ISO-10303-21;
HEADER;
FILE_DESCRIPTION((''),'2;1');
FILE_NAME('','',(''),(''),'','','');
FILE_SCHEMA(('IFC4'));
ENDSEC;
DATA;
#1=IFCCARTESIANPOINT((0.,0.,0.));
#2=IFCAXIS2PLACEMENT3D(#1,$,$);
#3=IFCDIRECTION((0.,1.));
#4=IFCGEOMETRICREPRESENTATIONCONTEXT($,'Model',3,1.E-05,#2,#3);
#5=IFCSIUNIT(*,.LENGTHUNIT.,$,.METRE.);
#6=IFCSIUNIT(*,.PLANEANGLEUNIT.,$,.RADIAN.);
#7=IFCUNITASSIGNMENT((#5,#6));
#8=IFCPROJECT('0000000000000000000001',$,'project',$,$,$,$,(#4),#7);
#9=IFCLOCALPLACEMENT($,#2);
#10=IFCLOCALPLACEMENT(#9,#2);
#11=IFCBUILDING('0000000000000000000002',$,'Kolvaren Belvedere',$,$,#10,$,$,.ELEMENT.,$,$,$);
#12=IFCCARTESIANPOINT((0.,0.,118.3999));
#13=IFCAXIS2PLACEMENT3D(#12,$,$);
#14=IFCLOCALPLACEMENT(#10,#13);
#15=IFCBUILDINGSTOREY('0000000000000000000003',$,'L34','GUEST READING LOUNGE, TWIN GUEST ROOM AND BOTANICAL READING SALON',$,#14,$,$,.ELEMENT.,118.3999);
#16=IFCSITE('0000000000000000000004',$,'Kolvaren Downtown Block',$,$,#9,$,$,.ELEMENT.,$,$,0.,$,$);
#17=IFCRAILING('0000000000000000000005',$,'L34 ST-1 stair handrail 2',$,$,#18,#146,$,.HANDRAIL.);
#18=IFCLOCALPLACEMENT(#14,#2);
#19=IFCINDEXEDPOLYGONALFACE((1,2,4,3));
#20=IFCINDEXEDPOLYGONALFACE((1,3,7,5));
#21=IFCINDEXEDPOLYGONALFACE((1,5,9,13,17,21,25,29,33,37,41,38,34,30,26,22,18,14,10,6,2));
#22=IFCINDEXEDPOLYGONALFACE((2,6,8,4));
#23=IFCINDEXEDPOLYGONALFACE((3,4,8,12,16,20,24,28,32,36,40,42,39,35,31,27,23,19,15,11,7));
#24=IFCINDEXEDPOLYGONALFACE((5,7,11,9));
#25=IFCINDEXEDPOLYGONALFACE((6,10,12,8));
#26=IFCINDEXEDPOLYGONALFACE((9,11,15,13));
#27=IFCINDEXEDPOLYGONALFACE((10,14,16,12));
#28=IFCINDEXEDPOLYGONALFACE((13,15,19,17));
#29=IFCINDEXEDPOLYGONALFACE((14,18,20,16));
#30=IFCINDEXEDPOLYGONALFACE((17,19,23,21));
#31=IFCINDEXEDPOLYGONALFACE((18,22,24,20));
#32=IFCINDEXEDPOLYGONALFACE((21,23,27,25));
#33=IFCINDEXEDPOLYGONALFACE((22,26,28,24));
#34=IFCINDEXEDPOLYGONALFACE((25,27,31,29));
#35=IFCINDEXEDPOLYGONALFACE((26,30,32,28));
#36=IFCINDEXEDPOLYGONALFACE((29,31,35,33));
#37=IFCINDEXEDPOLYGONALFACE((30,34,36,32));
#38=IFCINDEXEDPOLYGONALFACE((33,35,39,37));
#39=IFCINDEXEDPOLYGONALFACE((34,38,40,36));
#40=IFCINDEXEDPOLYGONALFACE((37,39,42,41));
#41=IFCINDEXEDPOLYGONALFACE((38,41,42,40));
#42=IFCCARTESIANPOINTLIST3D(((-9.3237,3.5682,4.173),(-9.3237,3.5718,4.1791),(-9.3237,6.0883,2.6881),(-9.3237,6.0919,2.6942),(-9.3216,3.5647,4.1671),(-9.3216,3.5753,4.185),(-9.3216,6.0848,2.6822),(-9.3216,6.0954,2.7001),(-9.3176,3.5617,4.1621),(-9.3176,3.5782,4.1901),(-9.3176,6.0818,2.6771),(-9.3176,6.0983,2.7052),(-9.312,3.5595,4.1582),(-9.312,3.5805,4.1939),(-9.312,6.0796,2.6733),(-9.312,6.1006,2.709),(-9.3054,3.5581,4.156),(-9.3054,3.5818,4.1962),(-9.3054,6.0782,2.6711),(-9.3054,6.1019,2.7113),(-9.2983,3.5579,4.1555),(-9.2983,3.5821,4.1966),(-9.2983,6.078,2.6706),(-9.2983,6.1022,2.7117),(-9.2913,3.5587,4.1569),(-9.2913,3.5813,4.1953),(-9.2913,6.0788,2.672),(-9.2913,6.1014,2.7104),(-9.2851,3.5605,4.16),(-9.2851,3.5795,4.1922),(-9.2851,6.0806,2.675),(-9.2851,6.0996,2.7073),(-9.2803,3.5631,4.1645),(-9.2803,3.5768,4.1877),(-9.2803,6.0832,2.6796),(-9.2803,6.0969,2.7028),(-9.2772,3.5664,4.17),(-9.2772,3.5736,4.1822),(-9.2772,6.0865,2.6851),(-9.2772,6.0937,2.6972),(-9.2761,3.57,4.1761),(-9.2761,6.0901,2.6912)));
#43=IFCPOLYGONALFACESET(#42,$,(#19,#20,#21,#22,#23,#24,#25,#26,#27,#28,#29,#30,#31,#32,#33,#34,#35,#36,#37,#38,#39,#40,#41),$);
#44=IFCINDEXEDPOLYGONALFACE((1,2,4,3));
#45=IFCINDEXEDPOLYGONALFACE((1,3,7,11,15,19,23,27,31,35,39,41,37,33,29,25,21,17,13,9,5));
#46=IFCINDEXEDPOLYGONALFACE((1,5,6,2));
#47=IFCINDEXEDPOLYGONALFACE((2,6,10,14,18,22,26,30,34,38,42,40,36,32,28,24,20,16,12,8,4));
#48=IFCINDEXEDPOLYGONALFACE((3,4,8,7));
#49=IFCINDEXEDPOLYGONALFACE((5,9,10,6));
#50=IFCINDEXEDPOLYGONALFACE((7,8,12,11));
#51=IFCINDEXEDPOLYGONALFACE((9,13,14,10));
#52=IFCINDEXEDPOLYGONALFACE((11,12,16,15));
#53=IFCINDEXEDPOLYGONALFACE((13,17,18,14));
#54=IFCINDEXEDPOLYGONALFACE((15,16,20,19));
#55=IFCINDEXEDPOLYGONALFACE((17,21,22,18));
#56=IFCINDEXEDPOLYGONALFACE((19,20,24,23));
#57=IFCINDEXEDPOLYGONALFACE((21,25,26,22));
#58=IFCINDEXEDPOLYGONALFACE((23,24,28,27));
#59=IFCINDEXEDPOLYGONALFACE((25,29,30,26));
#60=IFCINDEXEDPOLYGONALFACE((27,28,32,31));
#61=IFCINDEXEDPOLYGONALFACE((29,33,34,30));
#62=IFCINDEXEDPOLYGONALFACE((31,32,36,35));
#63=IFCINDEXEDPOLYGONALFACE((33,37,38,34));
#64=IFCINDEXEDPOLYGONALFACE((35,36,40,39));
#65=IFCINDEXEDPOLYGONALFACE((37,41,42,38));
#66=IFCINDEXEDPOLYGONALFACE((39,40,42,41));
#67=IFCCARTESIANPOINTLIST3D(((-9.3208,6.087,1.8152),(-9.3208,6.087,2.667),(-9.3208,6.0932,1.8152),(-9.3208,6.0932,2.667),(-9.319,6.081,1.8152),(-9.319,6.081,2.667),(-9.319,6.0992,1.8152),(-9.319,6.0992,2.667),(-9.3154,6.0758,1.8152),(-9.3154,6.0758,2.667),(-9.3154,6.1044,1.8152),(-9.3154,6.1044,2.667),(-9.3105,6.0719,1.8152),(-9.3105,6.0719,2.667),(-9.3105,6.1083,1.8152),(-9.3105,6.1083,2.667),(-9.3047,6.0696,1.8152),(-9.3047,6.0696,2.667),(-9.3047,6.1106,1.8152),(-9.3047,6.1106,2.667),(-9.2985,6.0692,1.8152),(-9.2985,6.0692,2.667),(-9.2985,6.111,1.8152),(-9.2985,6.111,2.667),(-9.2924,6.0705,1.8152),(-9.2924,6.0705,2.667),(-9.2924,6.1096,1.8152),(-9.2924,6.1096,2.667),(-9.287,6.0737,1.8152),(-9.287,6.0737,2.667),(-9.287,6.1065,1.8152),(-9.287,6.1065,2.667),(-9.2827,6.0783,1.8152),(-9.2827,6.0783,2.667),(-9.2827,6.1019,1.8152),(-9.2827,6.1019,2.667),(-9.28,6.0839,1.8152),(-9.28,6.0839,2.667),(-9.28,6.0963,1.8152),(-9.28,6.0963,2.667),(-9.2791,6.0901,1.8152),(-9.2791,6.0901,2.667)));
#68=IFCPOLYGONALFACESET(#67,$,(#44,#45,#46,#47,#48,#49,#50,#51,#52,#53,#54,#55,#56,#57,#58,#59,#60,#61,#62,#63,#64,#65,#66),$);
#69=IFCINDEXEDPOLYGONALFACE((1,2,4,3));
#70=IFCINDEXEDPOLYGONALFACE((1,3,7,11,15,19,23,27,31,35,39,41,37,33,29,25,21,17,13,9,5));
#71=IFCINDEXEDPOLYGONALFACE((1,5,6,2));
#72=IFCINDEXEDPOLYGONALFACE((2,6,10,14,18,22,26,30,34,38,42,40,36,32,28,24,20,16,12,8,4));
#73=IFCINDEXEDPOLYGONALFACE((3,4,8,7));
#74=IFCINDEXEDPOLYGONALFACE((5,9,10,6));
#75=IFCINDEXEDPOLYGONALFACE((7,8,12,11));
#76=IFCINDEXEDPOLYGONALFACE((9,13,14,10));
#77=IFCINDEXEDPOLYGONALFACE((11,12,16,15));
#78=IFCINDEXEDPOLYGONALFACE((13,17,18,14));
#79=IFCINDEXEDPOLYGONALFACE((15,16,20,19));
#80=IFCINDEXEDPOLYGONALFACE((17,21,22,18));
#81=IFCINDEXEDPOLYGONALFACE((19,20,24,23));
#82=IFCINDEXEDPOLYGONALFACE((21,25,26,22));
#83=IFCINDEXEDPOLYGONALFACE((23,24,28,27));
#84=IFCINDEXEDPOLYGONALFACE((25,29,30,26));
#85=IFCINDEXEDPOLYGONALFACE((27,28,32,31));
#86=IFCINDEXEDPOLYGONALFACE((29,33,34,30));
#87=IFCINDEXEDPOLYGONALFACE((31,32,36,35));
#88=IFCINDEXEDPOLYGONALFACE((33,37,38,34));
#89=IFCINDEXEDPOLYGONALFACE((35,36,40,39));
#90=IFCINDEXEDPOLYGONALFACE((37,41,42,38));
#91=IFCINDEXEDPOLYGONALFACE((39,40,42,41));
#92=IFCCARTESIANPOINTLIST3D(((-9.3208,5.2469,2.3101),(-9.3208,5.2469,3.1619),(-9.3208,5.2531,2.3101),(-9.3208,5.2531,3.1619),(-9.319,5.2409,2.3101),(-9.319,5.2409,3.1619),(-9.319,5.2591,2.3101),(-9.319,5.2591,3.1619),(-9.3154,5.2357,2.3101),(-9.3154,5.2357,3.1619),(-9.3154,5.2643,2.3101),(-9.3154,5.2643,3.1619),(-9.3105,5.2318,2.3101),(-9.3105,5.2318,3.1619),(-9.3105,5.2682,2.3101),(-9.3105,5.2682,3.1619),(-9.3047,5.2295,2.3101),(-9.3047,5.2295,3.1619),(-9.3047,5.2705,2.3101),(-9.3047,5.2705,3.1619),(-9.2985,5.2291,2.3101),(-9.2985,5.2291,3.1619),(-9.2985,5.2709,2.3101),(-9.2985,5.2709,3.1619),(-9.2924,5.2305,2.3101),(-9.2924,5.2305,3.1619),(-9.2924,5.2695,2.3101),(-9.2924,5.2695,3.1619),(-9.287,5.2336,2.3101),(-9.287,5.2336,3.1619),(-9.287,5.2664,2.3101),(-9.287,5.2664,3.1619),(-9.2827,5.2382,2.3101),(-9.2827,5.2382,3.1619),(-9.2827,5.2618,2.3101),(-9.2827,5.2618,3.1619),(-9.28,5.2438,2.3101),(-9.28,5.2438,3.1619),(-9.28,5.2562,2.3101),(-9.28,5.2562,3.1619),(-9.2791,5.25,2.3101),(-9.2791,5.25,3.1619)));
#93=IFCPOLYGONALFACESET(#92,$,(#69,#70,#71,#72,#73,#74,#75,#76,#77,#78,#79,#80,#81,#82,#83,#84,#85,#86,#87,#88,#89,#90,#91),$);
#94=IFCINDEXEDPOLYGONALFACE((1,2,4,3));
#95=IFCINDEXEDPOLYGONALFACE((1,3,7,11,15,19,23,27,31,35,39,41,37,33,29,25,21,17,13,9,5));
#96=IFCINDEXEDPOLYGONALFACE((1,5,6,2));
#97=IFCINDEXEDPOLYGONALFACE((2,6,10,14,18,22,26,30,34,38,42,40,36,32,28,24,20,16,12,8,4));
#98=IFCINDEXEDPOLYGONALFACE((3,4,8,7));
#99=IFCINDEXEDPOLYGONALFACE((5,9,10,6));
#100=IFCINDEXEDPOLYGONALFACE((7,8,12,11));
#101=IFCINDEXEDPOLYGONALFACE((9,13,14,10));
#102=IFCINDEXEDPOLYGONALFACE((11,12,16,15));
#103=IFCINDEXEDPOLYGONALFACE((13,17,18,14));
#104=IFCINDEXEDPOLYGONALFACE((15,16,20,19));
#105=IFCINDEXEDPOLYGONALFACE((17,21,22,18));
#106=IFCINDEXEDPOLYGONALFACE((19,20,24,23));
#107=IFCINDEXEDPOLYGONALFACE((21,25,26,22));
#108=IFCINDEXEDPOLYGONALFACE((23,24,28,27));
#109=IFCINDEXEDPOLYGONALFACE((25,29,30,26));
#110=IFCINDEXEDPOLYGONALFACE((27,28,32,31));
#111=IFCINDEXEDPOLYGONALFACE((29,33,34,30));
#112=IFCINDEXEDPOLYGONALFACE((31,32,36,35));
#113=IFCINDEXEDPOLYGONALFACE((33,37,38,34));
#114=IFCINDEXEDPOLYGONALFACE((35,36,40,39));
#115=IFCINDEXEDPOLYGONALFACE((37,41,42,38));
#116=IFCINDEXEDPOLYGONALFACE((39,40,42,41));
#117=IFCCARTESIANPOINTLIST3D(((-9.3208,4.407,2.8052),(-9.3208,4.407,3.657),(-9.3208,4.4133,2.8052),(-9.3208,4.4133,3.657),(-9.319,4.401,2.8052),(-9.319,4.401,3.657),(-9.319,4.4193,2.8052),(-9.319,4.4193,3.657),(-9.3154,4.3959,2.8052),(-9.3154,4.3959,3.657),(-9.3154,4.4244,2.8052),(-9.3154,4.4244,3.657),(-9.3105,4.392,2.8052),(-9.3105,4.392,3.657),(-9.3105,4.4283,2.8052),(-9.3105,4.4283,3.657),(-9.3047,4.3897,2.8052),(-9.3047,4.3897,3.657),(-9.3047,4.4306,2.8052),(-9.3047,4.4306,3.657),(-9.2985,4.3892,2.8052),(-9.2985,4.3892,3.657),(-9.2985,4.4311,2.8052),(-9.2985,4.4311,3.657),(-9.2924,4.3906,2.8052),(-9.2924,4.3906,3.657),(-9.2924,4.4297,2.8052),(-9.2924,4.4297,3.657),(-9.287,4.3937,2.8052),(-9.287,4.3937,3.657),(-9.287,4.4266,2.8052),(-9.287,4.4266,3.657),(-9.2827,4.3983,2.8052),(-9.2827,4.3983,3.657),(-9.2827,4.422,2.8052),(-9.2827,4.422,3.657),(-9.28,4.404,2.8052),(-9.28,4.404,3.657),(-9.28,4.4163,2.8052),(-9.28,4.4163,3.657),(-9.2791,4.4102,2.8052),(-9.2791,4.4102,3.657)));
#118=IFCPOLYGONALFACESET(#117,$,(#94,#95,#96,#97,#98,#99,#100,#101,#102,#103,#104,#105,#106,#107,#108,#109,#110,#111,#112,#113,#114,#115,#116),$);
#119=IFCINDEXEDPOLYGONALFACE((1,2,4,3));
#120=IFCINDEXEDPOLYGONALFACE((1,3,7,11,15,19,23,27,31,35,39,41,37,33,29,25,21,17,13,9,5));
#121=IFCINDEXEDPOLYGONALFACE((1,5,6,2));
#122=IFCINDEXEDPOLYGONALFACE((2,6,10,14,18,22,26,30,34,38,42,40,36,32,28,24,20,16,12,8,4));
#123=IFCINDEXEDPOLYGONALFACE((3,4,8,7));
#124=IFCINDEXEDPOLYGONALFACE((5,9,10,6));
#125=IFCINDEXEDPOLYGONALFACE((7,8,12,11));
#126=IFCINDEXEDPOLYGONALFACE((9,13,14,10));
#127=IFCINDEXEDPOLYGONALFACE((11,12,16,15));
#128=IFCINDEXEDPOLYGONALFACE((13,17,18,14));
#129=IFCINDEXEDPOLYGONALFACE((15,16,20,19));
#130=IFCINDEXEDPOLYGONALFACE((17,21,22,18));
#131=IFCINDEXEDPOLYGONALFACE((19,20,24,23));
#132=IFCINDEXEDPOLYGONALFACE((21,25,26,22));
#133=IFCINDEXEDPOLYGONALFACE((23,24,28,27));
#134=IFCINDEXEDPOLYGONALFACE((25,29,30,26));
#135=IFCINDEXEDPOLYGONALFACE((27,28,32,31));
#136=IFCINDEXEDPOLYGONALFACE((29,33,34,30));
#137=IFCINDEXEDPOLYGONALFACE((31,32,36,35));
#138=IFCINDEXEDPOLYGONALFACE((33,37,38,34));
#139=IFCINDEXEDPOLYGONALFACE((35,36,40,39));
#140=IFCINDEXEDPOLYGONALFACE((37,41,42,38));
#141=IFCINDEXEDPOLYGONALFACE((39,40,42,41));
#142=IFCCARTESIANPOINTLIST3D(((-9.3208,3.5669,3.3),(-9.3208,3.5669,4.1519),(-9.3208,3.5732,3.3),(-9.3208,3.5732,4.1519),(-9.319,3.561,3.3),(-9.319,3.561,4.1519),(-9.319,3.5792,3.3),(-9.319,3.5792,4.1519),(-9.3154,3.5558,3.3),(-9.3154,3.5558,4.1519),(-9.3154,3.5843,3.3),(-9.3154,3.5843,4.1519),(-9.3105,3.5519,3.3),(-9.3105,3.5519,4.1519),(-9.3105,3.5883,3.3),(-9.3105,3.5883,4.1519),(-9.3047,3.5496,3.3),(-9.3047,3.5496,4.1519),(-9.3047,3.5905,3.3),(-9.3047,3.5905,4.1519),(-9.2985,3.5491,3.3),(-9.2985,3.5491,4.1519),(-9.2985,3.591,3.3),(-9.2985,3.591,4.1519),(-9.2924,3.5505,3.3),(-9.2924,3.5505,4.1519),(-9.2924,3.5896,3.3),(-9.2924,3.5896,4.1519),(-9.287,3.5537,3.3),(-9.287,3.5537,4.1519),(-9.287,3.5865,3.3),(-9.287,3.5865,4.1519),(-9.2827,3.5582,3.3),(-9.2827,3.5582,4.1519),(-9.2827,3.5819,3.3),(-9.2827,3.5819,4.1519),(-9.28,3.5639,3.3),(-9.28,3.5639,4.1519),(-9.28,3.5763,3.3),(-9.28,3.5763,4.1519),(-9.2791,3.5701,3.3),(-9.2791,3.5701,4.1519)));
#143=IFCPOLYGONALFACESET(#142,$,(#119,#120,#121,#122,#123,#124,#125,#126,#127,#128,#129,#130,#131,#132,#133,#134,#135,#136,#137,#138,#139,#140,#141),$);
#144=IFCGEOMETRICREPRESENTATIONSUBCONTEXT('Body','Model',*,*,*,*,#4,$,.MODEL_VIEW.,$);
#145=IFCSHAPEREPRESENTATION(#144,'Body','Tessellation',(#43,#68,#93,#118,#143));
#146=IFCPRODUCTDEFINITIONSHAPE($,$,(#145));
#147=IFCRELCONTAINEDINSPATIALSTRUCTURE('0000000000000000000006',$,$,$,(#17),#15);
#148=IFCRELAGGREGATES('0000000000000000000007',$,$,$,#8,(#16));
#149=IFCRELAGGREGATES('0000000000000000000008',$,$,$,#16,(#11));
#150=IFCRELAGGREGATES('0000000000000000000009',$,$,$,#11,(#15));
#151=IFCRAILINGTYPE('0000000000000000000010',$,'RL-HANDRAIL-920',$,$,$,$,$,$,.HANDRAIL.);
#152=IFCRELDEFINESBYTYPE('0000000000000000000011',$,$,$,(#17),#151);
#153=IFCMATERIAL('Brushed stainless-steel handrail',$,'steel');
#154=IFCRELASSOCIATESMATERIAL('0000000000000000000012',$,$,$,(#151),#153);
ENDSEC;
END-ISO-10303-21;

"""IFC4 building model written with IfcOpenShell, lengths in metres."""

from ifc_helpers import new_model, si_unit, direction, frame, origin, origin_2d, place, context, subcontext, project, spatial, circle, extrude, material, type_object, element, save


model = new_model("IFC4")

# Units and contexts
model_context = context("Model", 3, precision=1e-05, world=origin(), true_north=direction((0.0, 1.0)))
body_context = subcontext(model_context, "Body", "Model", "MODEL_VIEW")
ifc_project = project(units=[si_unit("LENGTHUNIT", "METRE"), si_unit("PLANEANGLEUNIT", "RADIAN")], contexts=[model_context])

# Site, building, storey
site_placement = place(None, origin())
site = spatial("IfcSite", under=ifc_project, at=site_placement, Name="Kolvaren Downtown Block", CompositionType="ELEMENT", RefElevation=0.0)
building_placement = place(site_placement, origin())
building = spatial("IfcBuilding", under=site, at=building_placement, Name="Kolvaren Belvedere", CompositionType="ELEMENT")
storey_placement = place(building_placement, frame((0.0, 0.0, 118.3999)))
storey = spatial("IfcBuildingStorey", under=building, at=storey_placement, Name="L34", Description="GUEST READING LOUNGE, TWIN GUEST ROOM AND BOTANICAL READING SALON", CompositionType="ELEMENT", Elevation=118.3999)

# Railing
ifc_material_1 = material(Name="Brushed stainless-steel handrail", Category="steel")
railing_type_1 = type_object("IfcRailingType", Name="RL-HANDRAIL-920", PredefinedType="HANDRAIL", material=ifc_material_1)
railing_1_placement = place(storey_placement, frame((-9.3, 6.0901, 1.8152)))
element("IfcRailing", 1, at=railing_1_placement, inside=storey, type_object=railing_type_1, Name="L34 ST-1 stair handrail 2", PredefinedType="HANDRAIL", context=body_context, shape_type="SweptSolid", body=[
    extrude(circle(Radius=0.0239, at=origin_2d()), frame((0.0, 0.0, 0.876), z_axis=(0.0, -0.861561, 0.507655), x_axis=(1.0, 0.0, 0.0)), (0.0, 0.0, 1.0), 2.925),
    extrude(circle(Radius=0.021, at=origin_2d()), origin(), (0.0, 0.0, 1.0), 0.8518),
    extrude(circle(Radius=0.021, at=origin_2d()), frame((0.0, -0.8401, 0.4949)), (0.0, 0.0, 1.0), 0.8518),
    extrude(circle(Radius=0.021, at=origin_2d()), frame((0.0, -1.6799, 0.99)), (0.0, 0.0, 1.0), 0.8518),
    extrude(circle(Radius=0.021, at=origin_2d()), frame((0.0, -2.52, 1.4849)), (0.0, 0.0, 1.0), 0.8518),
])

save(model, "model.ifc")
